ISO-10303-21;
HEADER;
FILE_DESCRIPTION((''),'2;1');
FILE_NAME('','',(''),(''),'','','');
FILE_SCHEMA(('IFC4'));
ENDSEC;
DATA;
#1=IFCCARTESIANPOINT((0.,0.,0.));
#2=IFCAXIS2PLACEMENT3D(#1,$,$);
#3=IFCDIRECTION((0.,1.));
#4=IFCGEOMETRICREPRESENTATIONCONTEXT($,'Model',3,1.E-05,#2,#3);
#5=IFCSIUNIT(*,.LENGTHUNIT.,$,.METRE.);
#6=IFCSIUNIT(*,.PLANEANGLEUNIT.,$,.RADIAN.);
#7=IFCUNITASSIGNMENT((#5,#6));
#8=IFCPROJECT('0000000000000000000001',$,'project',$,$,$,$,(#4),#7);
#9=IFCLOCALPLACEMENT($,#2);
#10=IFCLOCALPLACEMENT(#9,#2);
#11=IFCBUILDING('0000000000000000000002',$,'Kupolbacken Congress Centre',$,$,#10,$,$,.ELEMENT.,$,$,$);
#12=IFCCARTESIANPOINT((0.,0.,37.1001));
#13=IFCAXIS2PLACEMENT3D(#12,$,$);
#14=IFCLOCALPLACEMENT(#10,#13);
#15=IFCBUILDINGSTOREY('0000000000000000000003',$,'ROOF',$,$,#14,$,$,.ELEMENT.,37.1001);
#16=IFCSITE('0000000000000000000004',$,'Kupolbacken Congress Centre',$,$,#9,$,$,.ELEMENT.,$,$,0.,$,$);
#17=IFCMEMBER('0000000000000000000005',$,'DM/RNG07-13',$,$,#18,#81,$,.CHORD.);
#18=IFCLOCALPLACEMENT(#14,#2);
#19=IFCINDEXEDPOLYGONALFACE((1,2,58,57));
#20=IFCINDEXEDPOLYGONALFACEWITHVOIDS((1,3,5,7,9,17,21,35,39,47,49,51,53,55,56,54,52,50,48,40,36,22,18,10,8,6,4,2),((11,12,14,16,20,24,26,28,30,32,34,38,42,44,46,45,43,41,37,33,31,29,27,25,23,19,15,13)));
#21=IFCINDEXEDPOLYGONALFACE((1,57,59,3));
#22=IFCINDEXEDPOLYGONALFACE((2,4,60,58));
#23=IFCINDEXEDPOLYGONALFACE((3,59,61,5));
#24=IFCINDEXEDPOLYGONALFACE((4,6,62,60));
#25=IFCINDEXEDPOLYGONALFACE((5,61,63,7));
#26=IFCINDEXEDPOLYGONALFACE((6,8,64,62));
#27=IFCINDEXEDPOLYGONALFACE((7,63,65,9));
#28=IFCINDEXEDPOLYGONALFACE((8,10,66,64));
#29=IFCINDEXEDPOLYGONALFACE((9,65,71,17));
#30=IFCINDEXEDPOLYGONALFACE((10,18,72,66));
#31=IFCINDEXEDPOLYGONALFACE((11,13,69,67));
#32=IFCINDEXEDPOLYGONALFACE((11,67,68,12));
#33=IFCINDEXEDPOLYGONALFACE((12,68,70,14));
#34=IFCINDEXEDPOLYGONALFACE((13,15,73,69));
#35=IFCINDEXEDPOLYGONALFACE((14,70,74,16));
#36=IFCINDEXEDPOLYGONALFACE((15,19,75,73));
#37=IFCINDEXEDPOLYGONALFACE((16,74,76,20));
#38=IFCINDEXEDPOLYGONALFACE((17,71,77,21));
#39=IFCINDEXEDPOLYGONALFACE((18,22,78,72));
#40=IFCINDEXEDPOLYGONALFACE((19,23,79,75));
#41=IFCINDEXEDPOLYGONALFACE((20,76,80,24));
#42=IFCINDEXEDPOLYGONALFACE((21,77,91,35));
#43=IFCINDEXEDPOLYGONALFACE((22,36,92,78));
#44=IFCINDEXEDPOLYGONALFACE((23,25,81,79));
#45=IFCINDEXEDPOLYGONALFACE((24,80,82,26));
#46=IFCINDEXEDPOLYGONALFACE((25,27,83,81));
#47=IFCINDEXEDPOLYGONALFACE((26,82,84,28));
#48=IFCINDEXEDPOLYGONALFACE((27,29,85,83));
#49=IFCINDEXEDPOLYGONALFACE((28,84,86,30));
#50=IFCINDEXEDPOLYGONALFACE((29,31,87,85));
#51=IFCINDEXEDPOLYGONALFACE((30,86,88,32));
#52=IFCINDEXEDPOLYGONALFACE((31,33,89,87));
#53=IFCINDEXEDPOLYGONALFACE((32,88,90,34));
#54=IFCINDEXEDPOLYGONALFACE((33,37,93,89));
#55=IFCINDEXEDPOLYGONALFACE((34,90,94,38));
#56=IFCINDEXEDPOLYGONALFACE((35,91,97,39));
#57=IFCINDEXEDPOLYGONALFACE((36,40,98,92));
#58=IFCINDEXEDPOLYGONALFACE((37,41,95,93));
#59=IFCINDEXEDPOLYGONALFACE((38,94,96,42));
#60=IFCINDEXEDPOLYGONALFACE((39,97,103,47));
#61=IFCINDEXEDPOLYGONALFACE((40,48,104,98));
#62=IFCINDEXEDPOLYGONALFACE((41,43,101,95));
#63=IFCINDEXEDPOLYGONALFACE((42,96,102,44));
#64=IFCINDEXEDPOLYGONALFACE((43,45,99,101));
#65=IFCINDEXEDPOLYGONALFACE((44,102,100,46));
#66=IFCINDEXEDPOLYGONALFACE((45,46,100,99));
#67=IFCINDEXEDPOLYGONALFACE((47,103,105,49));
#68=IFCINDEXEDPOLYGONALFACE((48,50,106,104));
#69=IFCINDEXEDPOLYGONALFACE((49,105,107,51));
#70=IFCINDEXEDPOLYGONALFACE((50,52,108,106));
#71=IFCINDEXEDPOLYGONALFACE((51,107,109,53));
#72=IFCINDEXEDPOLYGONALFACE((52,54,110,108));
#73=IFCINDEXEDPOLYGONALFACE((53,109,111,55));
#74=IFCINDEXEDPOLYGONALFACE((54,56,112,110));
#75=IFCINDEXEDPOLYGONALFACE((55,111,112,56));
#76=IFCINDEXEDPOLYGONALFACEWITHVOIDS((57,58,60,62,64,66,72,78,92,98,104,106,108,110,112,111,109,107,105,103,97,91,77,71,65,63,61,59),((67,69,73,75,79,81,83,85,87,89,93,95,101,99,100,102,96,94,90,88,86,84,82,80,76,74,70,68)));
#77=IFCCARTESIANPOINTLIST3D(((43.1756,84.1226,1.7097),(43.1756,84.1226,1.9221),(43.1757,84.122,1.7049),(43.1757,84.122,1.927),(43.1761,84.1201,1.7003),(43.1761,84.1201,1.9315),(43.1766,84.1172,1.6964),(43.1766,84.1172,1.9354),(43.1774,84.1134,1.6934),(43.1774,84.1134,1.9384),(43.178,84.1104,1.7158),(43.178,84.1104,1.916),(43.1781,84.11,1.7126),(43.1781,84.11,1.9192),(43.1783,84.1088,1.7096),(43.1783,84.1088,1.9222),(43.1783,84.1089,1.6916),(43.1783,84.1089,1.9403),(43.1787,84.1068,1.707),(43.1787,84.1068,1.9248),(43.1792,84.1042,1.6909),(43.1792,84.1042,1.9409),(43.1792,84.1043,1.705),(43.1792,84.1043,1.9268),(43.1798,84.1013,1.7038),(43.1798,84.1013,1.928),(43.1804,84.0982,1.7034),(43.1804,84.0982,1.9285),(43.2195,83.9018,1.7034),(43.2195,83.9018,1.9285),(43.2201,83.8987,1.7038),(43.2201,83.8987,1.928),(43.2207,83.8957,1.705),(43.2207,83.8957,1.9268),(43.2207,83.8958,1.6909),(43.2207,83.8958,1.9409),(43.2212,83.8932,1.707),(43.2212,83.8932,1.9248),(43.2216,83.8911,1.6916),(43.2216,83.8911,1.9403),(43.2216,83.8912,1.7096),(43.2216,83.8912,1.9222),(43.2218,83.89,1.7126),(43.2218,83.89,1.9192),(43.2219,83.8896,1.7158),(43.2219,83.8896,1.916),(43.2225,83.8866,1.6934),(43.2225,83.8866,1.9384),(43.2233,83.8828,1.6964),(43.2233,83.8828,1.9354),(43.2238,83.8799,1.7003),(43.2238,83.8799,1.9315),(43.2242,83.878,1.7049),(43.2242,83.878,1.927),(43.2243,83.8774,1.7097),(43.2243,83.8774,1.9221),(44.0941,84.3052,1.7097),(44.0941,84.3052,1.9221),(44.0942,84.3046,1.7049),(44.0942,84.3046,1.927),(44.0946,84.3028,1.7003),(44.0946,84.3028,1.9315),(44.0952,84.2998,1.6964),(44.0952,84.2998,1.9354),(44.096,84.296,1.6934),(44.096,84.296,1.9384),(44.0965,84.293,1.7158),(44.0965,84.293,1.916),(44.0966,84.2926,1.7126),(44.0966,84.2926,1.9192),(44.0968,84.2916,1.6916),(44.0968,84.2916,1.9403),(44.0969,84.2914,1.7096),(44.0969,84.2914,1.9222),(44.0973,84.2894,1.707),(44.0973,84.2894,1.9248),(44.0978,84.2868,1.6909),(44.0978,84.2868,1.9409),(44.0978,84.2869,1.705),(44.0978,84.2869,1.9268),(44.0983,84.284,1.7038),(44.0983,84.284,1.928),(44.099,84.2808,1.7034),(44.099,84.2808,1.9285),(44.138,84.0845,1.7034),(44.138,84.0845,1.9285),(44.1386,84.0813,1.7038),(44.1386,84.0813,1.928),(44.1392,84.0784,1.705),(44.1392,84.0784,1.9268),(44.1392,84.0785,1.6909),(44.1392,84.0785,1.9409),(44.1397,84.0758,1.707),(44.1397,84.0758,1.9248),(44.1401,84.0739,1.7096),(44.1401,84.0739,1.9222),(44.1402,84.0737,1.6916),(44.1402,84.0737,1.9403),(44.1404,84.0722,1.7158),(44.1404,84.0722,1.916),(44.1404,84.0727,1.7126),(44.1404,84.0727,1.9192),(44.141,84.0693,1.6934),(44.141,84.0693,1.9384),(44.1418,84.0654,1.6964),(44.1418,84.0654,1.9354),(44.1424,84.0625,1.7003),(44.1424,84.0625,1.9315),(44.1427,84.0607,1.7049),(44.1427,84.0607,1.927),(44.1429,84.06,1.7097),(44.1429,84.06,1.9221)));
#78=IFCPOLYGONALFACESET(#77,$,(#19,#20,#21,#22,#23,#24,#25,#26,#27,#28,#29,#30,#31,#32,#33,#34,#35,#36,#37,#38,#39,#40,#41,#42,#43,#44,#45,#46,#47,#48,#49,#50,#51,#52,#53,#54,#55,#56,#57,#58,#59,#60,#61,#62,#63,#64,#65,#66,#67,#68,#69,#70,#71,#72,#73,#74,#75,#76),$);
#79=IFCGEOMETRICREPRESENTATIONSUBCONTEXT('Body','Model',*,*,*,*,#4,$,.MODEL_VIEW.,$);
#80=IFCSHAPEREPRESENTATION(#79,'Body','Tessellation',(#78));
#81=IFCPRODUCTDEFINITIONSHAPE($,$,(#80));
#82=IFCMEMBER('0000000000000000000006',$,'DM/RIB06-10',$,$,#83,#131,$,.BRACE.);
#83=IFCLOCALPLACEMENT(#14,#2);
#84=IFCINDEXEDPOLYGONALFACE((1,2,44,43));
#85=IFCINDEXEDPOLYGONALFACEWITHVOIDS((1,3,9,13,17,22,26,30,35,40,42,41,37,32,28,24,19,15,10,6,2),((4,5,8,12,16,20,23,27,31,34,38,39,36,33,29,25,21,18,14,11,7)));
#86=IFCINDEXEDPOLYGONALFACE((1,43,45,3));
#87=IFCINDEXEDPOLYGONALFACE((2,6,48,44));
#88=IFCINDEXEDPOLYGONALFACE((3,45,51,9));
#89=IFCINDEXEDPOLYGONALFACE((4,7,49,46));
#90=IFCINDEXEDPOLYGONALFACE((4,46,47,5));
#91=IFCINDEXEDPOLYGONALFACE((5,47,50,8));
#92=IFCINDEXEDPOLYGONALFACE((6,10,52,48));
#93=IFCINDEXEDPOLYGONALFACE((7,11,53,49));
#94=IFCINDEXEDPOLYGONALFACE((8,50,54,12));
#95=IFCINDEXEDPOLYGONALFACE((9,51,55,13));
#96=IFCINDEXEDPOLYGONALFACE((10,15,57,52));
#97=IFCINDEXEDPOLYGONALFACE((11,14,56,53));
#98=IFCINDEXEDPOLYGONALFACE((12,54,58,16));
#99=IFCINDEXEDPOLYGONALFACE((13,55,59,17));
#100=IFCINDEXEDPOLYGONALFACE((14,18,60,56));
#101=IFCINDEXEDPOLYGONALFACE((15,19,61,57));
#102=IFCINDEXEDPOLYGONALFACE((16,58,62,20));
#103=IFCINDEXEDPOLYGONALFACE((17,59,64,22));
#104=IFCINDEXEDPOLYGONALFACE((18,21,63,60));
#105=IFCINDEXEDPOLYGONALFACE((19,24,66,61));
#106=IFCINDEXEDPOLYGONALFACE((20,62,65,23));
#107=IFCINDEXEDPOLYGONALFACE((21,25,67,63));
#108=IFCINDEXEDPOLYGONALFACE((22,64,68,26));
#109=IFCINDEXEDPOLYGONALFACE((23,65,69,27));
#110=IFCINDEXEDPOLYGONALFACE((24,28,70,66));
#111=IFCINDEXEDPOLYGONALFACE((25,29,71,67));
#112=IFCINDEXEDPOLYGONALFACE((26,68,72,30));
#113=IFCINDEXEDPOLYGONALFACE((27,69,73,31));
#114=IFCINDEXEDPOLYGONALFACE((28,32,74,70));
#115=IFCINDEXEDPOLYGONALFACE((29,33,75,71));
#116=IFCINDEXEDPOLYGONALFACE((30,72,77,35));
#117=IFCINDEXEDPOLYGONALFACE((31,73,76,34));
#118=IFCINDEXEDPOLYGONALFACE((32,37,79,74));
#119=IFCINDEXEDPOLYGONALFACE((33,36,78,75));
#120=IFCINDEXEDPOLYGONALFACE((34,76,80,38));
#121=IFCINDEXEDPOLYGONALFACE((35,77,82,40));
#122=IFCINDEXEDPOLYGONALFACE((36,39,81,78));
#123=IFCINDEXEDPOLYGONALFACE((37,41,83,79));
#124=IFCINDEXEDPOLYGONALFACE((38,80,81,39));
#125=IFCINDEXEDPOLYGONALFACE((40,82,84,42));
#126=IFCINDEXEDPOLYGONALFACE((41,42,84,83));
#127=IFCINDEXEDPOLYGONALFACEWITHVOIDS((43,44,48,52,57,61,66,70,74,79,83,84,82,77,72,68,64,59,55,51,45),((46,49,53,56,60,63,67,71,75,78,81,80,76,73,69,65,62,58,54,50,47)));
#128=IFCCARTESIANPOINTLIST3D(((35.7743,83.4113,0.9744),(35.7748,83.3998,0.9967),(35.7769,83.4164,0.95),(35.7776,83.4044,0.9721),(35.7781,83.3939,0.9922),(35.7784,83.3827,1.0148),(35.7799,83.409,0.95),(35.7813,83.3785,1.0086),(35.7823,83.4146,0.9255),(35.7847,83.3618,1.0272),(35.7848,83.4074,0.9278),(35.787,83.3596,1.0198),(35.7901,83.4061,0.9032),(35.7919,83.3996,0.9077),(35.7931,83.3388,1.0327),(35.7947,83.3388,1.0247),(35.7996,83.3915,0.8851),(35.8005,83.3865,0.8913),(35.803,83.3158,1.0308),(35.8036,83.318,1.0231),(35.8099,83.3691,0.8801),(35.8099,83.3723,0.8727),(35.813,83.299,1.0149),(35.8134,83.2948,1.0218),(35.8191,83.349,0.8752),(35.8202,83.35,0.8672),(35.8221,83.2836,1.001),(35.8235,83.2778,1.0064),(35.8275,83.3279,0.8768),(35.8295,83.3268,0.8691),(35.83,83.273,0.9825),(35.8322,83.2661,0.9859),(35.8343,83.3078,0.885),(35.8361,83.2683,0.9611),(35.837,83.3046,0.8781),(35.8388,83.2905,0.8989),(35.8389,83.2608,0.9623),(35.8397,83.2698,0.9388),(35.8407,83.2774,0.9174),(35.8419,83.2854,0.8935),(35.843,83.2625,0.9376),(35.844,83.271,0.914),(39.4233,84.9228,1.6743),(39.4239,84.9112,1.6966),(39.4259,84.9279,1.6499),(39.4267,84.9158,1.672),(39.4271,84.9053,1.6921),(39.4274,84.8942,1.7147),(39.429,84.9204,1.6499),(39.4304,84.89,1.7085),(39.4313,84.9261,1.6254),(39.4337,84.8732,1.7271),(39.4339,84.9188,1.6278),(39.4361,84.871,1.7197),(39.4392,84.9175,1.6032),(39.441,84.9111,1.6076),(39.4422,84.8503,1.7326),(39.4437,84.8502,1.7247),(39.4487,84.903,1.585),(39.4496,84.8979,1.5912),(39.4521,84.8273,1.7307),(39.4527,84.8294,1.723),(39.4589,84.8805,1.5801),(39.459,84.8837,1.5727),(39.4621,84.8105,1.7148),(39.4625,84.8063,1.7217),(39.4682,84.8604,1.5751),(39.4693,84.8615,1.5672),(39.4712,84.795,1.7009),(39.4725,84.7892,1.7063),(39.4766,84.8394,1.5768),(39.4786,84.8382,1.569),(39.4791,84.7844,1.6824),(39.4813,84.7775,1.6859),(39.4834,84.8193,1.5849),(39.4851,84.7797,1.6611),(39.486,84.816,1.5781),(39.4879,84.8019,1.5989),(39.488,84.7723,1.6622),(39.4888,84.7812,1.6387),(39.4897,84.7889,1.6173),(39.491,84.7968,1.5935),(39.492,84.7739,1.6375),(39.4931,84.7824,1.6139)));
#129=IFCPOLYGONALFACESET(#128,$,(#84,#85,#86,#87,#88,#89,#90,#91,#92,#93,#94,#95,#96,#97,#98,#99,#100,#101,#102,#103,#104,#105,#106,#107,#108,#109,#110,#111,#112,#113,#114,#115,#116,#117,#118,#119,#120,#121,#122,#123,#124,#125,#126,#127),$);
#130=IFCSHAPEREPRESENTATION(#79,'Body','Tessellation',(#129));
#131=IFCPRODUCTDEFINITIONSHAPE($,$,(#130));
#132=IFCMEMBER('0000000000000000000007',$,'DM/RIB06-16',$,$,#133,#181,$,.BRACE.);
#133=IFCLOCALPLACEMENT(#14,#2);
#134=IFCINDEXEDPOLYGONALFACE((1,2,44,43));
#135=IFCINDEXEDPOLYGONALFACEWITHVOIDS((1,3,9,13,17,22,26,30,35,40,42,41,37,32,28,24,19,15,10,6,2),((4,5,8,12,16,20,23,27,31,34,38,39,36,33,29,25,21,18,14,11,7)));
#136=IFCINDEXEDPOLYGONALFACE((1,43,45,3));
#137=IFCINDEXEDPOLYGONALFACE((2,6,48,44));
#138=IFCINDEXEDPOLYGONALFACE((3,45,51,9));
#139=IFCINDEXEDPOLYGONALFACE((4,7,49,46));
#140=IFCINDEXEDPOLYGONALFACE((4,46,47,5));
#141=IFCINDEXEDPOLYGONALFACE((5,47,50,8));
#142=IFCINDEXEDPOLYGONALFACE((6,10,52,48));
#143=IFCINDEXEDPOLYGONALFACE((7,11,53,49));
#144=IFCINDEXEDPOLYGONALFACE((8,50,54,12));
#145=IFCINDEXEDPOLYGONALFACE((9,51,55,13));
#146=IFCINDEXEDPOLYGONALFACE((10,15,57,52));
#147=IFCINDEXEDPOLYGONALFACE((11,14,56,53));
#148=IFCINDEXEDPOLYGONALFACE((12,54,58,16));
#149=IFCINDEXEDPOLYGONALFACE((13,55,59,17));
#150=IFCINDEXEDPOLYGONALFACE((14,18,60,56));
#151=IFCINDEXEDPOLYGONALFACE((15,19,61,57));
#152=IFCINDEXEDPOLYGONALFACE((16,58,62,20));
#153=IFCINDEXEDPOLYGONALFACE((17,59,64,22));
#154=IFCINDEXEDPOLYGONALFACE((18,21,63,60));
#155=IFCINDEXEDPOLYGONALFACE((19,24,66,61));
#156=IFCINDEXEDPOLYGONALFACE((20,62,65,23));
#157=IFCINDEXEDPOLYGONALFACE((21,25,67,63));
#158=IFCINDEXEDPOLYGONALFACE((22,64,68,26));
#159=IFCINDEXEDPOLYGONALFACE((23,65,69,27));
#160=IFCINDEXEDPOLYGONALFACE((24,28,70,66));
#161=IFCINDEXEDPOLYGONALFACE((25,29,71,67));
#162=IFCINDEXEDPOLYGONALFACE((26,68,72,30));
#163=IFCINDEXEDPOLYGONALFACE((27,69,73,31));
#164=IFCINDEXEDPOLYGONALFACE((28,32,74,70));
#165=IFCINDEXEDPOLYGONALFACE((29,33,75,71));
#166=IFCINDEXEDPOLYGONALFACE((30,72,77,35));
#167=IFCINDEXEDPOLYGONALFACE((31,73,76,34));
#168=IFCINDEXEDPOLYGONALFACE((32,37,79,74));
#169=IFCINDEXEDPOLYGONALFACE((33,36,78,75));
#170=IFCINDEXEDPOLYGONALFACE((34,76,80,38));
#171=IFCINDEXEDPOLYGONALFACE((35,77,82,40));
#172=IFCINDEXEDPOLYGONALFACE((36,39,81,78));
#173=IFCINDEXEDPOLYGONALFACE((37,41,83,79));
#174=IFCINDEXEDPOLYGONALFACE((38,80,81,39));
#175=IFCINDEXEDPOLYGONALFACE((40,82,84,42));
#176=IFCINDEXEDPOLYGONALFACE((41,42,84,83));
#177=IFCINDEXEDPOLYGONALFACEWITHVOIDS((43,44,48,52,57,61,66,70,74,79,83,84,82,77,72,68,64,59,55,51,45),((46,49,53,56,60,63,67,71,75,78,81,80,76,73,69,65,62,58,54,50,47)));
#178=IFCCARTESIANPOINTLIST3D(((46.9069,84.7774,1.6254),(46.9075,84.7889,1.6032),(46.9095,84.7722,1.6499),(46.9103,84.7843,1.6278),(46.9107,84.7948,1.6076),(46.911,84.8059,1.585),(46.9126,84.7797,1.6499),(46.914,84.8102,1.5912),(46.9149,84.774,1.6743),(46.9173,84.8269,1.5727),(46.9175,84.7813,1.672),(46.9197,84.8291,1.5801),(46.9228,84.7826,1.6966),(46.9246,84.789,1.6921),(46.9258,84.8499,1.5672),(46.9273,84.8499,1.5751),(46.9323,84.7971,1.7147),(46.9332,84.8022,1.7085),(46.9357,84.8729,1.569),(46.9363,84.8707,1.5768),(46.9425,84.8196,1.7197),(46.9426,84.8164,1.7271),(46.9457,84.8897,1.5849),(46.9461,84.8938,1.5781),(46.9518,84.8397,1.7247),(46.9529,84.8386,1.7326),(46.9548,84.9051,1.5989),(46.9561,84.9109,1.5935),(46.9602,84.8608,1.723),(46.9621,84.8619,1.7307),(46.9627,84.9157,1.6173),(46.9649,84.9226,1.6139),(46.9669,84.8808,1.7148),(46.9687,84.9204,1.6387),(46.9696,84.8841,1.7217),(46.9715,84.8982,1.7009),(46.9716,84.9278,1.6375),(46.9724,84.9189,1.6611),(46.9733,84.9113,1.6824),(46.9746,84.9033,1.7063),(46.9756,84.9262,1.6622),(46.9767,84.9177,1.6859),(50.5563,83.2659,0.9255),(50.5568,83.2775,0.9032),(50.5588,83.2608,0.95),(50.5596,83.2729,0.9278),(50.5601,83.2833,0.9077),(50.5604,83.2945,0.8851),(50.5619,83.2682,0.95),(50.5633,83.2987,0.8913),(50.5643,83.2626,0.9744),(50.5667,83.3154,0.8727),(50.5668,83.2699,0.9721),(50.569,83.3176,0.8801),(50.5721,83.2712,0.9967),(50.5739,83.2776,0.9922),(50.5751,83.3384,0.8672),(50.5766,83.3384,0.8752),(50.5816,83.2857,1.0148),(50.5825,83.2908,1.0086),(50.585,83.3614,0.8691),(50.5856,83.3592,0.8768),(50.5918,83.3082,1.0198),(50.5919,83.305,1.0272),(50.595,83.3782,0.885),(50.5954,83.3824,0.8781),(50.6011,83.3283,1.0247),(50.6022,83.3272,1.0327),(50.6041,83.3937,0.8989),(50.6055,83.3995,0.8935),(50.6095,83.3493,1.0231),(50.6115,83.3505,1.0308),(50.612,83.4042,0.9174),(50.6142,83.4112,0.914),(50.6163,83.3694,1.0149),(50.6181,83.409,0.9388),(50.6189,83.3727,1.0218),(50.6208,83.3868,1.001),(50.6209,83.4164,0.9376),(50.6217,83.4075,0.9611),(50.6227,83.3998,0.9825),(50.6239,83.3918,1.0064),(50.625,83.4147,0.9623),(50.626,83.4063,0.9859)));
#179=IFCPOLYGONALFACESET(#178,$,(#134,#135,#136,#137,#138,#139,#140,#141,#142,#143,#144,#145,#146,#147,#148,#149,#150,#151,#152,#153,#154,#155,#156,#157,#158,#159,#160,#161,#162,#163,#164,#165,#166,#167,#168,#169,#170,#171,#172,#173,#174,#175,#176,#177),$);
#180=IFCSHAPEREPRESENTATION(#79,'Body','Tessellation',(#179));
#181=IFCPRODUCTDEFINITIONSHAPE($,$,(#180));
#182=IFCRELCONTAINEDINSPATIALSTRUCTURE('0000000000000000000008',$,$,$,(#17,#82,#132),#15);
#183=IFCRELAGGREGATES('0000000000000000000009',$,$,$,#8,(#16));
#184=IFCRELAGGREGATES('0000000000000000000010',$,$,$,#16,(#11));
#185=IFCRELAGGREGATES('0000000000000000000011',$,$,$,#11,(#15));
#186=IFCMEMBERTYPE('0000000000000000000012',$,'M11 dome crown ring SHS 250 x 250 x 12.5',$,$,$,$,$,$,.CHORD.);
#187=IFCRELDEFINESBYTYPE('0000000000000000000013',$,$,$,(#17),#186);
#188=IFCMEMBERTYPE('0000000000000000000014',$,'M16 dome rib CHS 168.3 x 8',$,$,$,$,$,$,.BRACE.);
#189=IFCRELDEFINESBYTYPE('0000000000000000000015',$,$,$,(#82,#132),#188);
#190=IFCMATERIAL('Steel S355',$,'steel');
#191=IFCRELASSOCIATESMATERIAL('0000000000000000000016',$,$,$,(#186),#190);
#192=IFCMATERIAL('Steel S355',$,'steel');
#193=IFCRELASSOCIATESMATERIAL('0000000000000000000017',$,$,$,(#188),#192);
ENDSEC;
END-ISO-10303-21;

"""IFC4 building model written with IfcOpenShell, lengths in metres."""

from ifc_helpers import new_model, si_unit, direction, frame, origin, origin_2d, place, context, subcontext, project, spatial, hollow_rectangle, hollow_circle, extrude, material, material_profile, profile_set, type_object, element, save


model = new_model("IFC4")

# Units and contexts
model_context = context("Model", 3, precision=1e-05, world=origin(), true_north=direction((0.0, 1.0)))
body_context = subcontext(model_context, "Body", "Model", "MODEL_VIEW")
ifc_project = project(units=[si_unit("LENGTHUNIT", "METRE"), si_unit("PLANEANGLEUNIT", "RADIAN")], contexts=[model_context])

# Site, building, storey
site_placement = place(None, origin())
site = spatial("IfcSite", under=ifc_project, at=site_placement, Name="Kupolbacken Congress Centre", CompositionType="ELEMENT", RefElevation=0.0)
building_placement = place(site_placement, origin())
building = spatial("IfcBuilding", under=site, at=building_placement, Name="Kupolbacken Congress Centre", CompositionType="ELEMENT")
storey_placement = place(building_placement, frame((0.0, 0.0, 37.1001)))
storey = spatial("IfcBuildingStorey", under=building, at=storey_placement, Name="ROOF", CompositionType="ELEMENT", Elevation=37.1001)

# Members
ifc_material_1 = material(Name="Steel S355", Category="steel")
ifc_material_profile_1 = material_profile(ifc_material_1, hollow_rectangle(XDim=0.25, YDim=0.25, WallThickness=0.0125, InnerFilletRadius=0.0125, OuterFilletRadius=0.0188, at=origin_2d()), Name="SHS 250 x 250 x 12.5")
ifc_profile_set_1 = profile_set([ifc_material_profile_1], Name="Steel S355")
member_type_1 = type_object("IfcMemberType", Name="M11 dome crown ring SHS 250 x 250 x 12.5", PredefinedType="CHORD", material=ifc_profile_set_1)
member_1_placement = place(storey_placement, frame((43.2, 84.0, 1.8159), z_axis=(0.980801, 0.195013, 0.0), x_axis=(-0.195013, 0.980801, 0.0)))
element("IfcMember", 1, at=member_1_placement, inside=storey, type_object=member_type_1, Name="DM/RNG07-13", PredefinedType="CHORD", context=body_context, shape_type="SweptSolid", body=[
    extrude(hollow_rectangle(XDim=0.25, YDim=0.25, WallThickness=0.0125, InnerFilletRadius=0.0125, OuterFilletRadius=0.0188, at=origin_2d()), origin(), (0.0, 0.0, 1.0), 0.9365),
])
ifc_material_2 = material(Name="Steel S355", Category="steel")
ifc_material_profile_2 = material_profile(ifc_material_2, hollow_circle(Radius=0.0842, WallThickness=0.0081, at=origin_2d()), Name="CHS 168.3 x 8")
ifc_profile_set_2 = profile_set([ifc_material_profile_2], Name="Steel S355")
member_type_2 = type_object("IfcMemberType", Name="M16 dome rib CHS 168.3 x 8", PredefinedType="BRACE", material=ifc_profile_set_2)
member_2_placement = place(storey_placement, frame((35.8091, 83.3386, 0.95), z_axis=(0.909711, 0.376799, 0.174493), x_axis=(-0.38267, 0.923885, 0.0)))
element("IfcMember", 2, at=member_2_placement, inside=storey, type_object=member_type_2, Name="DM/RIB06-10", PredefinedType="BRACE", context=body_context, shape_type="SweptSolid", body=[
    extrude(hollow_circle(Radius=0.0842, WallThickness=0.0081, at=origin_2d()), origin(), (0.0, 0.0, 1.0), 4.0112),
])
member_3_placement = place(storey_placement, frame((50.5911, 83.3386, 0.95), z_axis=(-0.909722, 0.376779, 0.174483), x_axis=(-0.382648, -0.923894, 0.0)))
element("IfcMember", 3, at=member_3_placement, inside=storey, type_object=member_type_2, Name="DM/RIB06-16", PredefinedType="BRACE", context=body_context, shape_type="SweptSolid", body=[
    extrude(hollow_circle(Radius=0.0842, WallThickness=0.0081, at=origin_2d()), origin(), (0.0, 0.0, 1.0), 4.0115),
])

save(model, "model.ifc")
